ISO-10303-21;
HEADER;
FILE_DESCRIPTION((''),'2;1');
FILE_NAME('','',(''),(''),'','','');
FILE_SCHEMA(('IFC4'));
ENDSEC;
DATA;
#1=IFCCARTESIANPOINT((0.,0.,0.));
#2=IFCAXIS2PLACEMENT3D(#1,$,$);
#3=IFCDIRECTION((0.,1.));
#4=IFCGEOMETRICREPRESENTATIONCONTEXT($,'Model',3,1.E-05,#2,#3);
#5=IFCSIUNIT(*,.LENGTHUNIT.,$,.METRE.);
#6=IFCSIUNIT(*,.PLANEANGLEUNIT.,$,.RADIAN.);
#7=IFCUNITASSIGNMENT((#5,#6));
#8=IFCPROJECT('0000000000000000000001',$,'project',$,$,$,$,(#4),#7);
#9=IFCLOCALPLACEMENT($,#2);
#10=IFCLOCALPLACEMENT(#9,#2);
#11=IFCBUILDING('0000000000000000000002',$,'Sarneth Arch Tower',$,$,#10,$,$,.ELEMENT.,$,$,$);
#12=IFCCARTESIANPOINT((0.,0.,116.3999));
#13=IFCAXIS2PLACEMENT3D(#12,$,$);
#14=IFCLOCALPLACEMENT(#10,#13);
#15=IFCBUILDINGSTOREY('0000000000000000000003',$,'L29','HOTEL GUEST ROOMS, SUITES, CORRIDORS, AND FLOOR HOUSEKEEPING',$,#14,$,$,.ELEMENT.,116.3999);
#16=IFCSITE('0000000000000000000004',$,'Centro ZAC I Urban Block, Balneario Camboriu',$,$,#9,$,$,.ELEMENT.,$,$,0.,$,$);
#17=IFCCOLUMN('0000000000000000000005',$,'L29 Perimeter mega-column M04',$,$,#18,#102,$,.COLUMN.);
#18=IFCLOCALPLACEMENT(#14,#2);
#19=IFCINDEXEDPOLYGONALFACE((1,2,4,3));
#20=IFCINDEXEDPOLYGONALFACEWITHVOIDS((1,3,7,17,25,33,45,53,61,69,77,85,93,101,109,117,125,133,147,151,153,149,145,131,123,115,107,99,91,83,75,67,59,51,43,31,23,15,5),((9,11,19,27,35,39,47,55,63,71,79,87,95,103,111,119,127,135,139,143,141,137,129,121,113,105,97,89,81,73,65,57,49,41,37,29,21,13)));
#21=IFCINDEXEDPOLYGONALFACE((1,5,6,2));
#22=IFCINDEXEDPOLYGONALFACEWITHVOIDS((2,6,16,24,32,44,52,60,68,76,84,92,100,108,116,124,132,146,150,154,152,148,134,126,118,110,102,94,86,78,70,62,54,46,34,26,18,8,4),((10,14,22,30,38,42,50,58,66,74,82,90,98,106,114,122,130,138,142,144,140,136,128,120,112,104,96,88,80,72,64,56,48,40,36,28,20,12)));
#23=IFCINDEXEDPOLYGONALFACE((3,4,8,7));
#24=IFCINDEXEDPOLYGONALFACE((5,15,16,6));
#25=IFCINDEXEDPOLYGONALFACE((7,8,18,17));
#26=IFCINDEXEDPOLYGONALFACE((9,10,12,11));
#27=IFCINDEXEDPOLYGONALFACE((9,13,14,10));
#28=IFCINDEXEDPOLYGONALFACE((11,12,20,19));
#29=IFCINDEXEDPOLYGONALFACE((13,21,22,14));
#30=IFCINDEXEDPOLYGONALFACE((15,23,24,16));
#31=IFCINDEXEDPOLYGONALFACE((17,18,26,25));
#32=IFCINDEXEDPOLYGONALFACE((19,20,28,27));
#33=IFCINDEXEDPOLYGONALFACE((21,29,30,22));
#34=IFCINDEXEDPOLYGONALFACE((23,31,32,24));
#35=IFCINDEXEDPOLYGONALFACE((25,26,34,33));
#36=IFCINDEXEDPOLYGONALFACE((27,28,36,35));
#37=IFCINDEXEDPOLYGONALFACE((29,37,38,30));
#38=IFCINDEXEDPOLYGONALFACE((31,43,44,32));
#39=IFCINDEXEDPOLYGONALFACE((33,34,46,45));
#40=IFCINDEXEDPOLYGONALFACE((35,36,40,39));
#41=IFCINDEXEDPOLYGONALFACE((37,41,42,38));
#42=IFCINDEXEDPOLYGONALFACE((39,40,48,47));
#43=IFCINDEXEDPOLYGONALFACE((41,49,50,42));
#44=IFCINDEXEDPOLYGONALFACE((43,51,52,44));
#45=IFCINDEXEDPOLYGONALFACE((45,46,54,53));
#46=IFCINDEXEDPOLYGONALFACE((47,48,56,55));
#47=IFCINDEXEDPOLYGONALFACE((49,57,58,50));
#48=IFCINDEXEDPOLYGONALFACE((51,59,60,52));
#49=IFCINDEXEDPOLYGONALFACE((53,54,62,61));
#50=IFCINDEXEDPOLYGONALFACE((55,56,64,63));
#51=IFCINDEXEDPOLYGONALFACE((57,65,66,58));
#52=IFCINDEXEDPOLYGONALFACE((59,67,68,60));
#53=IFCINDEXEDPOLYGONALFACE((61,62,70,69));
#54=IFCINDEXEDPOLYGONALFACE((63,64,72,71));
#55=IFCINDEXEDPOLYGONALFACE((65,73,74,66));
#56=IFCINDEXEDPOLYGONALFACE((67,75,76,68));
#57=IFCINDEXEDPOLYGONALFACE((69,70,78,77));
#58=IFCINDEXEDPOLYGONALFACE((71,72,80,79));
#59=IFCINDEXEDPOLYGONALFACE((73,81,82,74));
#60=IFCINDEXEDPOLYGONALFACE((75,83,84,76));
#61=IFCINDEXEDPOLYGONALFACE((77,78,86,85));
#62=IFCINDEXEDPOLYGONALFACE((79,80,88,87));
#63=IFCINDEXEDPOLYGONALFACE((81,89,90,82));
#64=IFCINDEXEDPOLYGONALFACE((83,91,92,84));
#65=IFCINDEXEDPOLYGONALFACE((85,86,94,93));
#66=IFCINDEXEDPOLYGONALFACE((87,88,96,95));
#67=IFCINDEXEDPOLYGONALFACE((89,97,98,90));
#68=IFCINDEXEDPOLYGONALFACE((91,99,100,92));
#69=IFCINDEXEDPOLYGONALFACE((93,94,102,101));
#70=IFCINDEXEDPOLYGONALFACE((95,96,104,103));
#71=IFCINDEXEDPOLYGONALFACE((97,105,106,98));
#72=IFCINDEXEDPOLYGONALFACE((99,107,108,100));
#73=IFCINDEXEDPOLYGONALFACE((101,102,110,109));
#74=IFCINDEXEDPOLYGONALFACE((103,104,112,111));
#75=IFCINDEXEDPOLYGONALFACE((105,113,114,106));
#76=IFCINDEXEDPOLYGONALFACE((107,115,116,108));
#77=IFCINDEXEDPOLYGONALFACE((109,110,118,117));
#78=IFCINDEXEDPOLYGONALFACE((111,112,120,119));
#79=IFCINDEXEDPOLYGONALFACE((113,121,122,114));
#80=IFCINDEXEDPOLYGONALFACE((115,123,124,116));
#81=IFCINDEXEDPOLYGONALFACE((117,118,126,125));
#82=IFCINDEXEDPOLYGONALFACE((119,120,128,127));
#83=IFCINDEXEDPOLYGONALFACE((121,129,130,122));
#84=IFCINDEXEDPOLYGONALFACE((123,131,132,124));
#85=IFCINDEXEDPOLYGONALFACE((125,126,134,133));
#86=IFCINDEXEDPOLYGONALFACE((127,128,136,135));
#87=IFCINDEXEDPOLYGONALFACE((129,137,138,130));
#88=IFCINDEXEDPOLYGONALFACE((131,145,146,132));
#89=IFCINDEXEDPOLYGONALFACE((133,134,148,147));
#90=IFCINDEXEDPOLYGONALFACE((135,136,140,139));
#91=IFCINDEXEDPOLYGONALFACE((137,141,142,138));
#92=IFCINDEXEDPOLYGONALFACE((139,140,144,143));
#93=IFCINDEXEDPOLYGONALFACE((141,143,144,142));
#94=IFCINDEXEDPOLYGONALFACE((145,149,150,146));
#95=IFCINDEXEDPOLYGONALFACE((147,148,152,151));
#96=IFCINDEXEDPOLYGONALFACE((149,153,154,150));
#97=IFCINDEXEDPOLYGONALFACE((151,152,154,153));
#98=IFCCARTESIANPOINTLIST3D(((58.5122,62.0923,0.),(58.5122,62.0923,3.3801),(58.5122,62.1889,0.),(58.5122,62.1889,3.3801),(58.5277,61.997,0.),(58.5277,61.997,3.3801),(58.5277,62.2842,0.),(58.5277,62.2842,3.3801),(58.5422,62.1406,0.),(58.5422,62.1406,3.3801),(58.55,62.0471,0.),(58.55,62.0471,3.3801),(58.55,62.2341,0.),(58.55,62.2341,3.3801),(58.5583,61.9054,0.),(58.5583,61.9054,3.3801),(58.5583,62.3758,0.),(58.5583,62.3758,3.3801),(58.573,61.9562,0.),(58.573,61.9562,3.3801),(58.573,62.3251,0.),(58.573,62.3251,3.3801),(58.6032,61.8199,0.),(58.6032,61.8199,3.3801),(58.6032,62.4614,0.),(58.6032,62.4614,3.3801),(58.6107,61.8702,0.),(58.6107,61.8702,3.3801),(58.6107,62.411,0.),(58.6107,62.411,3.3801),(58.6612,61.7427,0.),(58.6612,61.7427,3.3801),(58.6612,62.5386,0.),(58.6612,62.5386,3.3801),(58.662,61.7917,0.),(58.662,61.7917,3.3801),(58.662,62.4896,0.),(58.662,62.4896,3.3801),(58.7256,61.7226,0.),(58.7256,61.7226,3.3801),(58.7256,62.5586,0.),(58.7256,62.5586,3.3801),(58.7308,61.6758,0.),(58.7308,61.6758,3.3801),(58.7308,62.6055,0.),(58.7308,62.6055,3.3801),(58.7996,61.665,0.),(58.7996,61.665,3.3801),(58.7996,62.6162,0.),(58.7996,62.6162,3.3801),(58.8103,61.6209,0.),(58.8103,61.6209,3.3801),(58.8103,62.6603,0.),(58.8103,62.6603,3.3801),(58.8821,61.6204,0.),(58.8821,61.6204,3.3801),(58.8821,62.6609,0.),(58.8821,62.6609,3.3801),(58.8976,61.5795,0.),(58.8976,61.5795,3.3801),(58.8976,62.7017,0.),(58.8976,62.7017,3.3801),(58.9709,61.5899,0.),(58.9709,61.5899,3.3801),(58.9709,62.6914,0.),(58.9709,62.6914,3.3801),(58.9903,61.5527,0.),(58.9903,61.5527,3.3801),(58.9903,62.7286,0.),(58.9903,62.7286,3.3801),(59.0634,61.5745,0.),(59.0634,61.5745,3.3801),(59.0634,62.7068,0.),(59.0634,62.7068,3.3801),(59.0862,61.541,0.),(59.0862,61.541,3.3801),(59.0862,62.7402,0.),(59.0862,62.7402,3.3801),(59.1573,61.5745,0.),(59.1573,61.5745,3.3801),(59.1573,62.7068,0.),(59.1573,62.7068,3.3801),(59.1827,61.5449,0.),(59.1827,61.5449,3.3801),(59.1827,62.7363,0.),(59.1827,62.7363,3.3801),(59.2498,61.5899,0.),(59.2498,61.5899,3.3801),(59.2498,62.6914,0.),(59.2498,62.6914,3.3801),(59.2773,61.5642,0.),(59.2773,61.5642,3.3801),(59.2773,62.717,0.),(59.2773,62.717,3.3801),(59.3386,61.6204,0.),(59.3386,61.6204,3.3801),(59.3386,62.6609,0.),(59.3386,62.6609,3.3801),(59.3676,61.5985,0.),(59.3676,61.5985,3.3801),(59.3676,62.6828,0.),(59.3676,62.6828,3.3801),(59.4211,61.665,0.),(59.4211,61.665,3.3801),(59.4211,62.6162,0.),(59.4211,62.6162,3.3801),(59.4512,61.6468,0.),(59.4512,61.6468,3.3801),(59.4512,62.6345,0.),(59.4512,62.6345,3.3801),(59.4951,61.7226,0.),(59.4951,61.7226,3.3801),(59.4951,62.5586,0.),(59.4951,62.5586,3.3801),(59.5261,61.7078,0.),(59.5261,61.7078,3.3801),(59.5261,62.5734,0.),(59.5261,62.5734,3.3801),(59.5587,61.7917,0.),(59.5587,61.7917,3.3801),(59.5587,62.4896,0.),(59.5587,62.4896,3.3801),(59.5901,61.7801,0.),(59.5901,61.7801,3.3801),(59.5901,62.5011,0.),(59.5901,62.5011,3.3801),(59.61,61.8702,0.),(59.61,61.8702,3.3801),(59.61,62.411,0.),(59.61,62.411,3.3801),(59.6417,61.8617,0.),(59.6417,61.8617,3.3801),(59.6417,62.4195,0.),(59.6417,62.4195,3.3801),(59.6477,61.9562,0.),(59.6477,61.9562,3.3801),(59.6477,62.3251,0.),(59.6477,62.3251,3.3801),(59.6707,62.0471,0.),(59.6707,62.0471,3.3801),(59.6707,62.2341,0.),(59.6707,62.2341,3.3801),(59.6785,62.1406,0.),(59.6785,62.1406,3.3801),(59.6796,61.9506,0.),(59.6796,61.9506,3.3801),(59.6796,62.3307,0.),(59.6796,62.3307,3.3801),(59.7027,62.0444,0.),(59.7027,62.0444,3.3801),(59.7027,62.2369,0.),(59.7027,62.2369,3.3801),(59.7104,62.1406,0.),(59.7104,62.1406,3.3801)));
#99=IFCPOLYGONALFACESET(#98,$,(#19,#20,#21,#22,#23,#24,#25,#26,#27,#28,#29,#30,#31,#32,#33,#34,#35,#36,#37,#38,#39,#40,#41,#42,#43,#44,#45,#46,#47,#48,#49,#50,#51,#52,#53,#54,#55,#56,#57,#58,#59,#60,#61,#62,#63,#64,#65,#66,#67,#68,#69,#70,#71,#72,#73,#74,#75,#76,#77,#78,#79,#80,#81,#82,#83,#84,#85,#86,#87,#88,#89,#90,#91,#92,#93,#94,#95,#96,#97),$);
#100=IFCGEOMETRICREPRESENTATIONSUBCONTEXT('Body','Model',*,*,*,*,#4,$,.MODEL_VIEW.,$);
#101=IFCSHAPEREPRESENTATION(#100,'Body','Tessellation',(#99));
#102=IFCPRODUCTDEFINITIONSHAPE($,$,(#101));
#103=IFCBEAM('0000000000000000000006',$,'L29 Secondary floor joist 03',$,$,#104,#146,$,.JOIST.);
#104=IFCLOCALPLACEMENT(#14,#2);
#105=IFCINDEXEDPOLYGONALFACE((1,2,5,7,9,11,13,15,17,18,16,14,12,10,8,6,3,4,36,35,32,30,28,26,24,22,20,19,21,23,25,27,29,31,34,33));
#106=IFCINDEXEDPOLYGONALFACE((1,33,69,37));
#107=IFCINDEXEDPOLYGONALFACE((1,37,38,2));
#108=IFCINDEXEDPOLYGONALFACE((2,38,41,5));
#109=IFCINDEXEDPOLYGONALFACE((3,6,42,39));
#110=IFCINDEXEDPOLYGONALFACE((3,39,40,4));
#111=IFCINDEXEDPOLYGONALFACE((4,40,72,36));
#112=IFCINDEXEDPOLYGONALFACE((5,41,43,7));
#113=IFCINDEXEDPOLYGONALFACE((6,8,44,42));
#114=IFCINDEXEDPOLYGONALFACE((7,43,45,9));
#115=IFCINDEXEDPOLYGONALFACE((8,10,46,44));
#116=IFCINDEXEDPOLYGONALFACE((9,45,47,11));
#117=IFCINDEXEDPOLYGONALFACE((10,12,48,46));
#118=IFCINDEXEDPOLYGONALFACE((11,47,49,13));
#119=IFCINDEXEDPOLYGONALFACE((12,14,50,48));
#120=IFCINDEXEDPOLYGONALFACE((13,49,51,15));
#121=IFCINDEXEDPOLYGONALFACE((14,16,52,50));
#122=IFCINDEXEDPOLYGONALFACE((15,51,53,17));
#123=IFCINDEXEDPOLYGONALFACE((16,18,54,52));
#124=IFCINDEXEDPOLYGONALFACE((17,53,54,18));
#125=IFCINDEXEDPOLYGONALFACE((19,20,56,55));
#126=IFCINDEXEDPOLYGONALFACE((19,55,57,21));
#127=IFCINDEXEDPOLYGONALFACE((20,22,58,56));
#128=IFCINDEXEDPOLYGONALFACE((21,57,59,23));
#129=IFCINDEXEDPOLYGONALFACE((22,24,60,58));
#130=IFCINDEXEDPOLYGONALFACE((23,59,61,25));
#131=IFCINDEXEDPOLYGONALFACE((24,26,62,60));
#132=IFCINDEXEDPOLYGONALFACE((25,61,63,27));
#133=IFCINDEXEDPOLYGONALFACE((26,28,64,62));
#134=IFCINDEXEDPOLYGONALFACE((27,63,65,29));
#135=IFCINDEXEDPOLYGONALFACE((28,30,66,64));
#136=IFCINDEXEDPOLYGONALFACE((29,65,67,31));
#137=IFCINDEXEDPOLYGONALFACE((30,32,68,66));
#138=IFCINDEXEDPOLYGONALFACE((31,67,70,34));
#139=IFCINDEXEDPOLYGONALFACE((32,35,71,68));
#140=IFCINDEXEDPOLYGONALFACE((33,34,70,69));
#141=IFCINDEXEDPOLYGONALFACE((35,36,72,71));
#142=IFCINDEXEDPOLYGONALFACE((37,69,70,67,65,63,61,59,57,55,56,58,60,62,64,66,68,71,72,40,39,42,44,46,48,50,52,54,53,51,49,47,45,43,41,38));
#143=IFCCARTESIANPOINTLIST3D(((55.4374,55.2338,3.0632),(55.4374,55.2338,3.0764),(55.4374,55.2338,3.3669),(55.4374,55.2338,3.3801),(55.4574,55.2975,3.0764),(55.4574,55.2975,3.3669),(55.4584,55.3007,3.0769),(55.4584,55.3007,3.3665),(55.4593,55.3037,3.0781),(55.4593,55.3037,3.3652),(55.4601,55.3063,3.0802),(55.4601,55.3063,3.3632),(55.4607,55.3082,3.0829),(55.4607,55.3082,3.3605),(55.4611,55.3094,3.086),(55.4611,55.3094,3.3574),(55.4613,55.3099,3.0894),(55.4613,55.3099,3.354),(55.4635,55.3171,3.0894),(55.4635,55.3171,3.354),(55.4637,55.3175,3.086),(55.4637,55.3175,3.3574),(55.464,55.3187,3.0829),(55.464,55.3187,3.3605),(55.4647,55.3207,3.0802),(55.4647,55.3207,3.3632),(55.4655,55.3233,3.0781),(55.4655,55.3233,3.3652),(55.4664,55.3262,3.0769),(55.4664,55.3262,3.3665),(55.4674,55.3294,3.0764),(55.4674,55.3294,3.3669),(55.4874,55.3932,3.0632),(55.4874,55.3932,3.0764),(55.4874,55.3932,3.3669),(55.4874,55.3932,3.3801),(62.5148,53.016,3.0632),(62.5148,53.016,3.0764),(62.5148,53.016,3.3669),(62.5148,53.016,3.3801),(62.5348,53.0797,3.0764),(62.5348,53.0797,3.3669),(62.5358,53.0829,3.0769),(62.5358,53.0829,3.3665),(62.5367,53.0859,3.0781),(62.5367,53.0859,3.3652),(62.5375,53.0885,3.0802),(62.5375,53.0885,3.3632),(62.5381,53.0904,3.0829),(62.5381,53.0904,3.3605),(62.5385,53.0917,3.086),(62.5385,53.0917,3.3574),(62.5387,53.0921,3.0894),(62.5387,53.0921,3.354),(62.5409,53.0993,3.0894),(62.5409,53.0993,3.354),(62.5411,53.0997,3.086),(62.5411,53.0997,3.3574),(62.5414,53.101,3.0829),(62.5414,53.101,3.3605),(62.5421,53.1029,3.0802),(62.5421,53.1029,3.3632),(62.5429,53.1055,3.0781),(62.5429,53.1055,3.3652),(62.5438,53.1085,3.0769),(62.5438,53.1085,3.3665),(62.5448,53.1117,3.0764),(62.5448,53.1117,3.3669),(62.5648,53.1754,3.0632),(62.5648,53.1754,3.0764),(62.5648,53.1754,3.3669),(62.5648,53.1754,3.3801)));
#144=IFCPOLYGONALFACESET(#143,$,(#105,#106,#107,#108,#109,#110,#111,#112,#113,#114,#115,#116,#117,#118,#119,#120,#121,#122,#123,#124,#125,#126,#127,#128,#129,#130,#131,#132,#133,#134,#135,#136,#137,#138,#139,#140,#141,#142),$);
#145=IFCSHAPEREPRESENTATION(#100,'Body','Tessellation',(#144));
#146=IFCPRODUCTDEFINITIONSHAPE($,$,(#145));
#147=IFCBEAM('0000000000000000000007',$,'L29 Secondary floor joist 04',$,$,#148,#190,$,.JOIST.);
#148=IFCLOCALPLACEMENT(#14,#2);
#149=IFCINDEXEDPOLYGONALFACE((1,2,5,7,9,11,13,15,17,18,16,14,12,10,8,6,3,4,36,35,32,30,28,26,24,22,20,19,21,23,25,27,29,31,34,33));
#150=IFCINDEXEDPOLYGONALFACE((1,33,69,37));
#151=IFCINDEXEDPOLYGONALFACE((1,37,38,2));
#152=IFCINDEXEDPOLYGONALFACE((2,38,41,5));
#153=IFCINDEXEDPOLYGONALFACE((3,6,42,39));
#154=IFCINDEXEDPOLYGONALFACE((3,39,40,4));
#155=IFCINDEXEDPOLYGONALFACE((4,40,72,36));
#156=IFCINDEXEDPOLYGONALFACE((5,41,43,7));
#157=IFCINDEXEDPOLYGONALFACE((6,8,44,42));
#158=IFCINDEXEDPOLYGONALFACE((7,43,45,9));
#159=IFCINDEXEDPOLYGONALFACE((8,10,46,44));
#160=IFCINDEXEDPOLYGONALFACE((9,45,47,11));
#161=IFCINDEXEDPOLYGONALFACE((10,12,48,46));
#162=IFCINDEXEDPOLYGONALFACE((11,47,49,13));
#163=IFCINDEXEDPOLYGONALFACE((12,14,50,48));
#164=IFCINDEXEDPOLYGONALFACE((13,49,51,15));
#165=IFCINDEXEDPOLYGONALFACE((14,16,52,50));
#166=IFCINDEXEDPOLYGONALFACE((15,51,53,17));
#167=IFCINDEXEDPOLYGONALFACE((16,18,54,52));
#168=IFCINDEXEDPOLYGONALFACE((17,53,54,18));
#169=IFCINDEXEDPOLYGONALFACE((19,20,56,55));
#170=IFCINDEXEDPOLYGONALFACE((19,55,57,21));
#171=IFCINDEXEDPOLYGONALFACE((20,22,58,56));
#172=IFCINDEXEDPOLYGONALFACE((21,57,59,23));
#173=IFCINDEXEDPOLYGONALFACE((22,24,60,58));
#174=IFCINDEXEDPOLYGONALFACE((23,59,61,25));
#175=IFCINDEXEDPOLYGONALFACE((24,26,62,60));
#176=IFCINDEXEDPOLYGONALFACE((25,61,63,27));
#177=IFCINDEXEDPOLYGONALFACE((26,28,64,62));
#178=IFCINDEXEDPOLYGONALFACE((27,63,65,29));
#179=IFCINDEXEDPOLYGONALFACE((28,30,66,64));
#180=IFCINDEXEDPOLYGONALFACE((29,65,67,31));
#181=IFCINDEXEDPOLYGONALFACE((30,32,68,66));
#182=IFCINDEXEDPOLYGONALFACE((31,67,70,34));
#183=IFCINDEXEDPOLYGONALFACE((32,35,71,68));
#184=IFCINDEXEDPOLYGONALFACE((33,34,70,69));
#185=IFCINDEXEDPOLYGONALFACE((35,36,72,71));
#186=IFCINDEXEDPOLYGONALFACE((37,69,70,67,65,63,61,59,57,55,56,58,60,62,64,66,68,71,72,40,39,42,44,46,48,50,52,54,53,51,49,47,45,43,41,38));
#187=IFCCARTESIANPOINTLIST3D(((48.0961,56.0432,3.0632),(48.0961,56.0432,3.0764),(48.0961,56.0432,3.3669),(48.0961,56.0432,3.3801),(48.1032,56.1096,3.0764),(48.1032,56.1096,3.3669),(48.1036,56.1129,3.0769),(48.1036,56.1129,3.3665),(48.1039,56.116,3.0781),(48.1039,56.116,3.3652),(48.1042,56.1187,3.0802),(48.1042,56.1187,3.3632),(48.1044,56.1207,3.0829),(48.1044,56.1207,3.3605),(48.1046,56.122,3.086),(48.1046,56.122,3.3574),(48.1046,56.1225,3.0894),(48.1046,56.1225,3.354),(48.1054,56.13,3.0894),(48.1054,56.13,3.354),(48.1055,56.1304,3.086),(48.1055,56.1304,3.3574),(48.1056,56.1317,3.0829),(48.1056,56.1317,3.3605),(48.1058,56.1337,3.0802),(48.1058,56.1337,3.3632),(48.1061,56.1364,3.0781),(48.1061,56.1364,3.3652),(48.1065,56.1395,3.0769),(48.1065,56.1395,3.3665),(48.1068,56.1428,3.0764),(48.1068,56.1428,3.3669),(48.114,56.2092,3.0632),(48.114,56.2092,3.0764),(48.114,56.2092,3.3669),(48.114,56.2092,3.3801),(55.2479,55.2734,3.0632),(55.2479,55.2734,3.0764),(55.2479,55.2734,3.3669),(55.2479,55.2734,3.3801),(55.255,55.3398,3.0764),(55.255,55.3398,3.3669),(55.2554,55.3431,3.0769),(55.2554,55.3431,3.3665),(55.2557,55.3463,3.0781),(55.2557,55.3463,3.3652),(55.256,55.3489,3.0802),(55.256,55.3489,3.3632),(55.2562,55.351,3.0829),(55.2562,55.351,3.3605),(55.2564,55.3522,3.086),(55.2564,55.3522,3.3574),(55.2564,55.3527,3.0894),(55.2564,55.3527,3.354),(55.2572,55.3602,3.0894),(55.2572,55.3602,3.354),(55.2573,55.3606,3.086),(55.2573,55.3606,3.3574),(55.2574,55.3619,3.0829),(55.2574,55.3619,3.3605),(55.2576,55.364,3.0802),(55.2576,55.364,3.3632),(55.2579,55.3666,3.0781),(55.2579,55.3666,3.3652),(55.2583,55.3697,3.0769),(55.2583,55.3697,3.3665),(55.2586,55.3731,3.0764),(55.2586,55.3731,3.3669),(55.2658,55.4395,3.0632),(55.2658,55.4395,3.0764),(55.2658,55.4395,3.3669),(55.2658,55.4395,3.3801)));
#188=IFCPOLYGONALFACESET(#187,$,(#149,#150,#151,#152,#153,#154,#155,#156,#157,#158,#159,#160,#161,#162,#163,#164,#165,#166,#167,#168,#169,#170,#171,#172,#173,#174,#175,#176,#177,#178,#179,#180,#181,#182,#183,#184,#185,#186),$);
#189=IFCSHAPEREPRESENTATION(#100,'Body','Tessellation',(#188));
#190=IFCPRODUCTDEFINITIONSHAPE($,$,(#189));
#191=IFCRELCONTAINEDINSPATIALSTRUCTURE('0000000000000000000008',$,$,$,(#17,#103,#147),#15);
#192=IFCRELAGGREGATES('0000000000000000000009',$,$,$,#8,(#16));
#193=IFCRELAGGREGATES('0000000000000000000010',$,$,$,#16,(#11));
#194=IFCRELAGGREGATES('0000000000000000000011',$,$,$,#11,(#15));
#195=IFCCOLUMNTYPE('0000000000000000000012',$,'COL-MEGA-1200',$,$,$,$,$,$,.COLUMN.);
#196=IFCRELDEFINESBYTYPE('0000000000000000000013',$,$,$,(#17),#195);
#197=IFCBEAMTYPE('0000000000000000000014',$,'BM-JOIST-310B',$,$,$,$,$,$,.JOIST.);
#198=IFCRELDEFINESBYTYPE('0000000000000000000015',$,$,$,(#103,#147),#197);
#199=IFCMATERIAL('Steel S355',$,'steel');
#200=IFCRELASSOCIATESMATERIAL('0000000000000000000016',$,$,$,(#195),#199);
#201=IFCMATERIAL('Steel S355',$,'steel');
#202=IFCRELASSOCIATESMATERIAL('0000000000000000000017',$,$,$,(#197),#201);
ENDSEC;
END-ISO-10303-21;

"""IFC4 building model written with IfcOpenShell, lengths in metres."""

from ifc_helpers import new_model, si_unit, direction, frame, origin, origin_2d, place, context, subcontext, project, spatial, hollow_circle, i_section, extrude, material, material_profile, profile_set, type_object, element, save


model = new_model("IFC4")

# Units and contexts
model_context = context("Model", 3, precision=1e-05, world=origin(), true_north=direction((0.0, 1.0)))
body_context = subcontext(model_context, "Body", "Model", "MODEL_VIEW")
ifc_project = project(units=[si_unit("LENGTHUNIT", "METRE"), si_unit("PLANEANGLEUNIT", "RADIAN")], contexts=[model_context])

# Site, building, storey
site_placement = place(None, origin())
site = spatial("IfcSite", under=ifc_project, at=site_placement, Name="Centro ZAC I Urban Block, Balneario Camboriu", CompositionType="ELEMENT", RefElevation=0.0)
building_placement = place(site_placement, origin())
building = spatial("IfcBuilding", under=site, at=building_placement, Name="Sarneth Arch Tower", CompositionType="ELEMENT")
storey_placement = place(building_placement, frame((0.0, 0.0, 116.3999)))
storey = spatial("IfcBuildingStorey", under=building, at=storey_placement, Name="L29", Description="HOTEL GUEST ROOMS, SUITES, CORRIDORS, AND FLOOR HOUSEKEEPING", CompositionType="ELEMENT", Elevation=116.3999)

# Column
ifc_material_1 = material(Name="Steel S355", Category="steel")
ifc_material_profile_1 = material_profile(ifc_material_1, hollow_circle(Radius=0.6001, WallThickness=0.032, at=origin_2d()), Name="CHS1200x32")
ifc_profile_set_1 = profile_set([ifc_material_profile_1], Name="Steel S355")
column_type = type_object("IfcColumnType", Name="COL-MEGA-1200", PredefinedType="COLUMN", material=ifc_profile_set_1)
column_placement = place(storey_placement, frame((59.1104, 62.1406, 0.0), z_axis=(0.0, 0.0, 1.0), x_axis=(1.0, 0.0, 0.0)))
element("IfcColumn", 1, at=column_placement, inside=storey, type_object=column_type, Name="L29 Perimeter mega-column M04", PredefinedType="COLUMN", context=body_context, shape_type="SweptSolid", body=[
    extrude(hollow_circle(Radius=0.6001, WallThickness=0.032, at=origin_2d()), origin(), (0.0, 0.0, 1.0), 3.3801),
])

# Beams
ifc_material_2 = material(Name="Steel S355", Category="steel")
ifc_material_profile_2 = material_profile(ifc_material_2, i_section(OverallWidth=0.167, OverallDepth=0.3169, WebThickness=0.0076, FlangeThickness=0.0132, FilletRadius=0.0129, at=origin_2d()), Name="W310x52")
ifc_profile_set_2 = profile_set([ifc_material_profile_2], Name="Steel S355")
beam_type_1 = type_object("IfcBeamType", Name="BM-JOIST-310B", PredefinedType="JOIST", material=ifc_profile_set_2)
beam_1_placement = place(storey_placement, frame((62.5398, 53.0957, 3.2217), z_axis=(-0.954246, 0.299023, 0.0), x_axis=(-0.299023, -0.954246, 0.0)))
element("IfcBeam", 2, at=beam_1_placement, inside=storey, type_object=beam_type_1, Name="L29 Secondary floor joist 03", PredefinedType="JOIST", context=body_context, shape_type="SweptSolid", body=[
    extrude(i_section(OverallWidth=0.167, OverallDepth=0.3169, WebThickness=0.0076, FlangeThickness=0.0132, FilletRadius=0.0129, at=origin_2d()), origin(), (0.0, 0.0, 1.0), 7.4167),
])
beam_2_placement = place(storey_placement, frame((55.2568, 55.3564, 3.2217), z_axis=(-0.994257, 0.107015, 0.0), x_axis=(-0.107015, -0.994257, 0.0)))
element("IfcBeam", 3, at=beam_2_placement, inside=storey, type_object=beam_type_1, Name="L29 Secondary floor joist 04", PredefinedType="JOIST", context=body_context, shape_type="SweptSolid", body=[
    extrude(i_section(OverallWidth=0.167, OverallDepth=0.3169, WebThickness=0.0076, FlangeThickness=0.0132, FilletRadius=0.0129, at=origin_2d()), origin(), (0.0, 0.0, 1.0), 7.1931),
])

save(model, "model.ifc")
